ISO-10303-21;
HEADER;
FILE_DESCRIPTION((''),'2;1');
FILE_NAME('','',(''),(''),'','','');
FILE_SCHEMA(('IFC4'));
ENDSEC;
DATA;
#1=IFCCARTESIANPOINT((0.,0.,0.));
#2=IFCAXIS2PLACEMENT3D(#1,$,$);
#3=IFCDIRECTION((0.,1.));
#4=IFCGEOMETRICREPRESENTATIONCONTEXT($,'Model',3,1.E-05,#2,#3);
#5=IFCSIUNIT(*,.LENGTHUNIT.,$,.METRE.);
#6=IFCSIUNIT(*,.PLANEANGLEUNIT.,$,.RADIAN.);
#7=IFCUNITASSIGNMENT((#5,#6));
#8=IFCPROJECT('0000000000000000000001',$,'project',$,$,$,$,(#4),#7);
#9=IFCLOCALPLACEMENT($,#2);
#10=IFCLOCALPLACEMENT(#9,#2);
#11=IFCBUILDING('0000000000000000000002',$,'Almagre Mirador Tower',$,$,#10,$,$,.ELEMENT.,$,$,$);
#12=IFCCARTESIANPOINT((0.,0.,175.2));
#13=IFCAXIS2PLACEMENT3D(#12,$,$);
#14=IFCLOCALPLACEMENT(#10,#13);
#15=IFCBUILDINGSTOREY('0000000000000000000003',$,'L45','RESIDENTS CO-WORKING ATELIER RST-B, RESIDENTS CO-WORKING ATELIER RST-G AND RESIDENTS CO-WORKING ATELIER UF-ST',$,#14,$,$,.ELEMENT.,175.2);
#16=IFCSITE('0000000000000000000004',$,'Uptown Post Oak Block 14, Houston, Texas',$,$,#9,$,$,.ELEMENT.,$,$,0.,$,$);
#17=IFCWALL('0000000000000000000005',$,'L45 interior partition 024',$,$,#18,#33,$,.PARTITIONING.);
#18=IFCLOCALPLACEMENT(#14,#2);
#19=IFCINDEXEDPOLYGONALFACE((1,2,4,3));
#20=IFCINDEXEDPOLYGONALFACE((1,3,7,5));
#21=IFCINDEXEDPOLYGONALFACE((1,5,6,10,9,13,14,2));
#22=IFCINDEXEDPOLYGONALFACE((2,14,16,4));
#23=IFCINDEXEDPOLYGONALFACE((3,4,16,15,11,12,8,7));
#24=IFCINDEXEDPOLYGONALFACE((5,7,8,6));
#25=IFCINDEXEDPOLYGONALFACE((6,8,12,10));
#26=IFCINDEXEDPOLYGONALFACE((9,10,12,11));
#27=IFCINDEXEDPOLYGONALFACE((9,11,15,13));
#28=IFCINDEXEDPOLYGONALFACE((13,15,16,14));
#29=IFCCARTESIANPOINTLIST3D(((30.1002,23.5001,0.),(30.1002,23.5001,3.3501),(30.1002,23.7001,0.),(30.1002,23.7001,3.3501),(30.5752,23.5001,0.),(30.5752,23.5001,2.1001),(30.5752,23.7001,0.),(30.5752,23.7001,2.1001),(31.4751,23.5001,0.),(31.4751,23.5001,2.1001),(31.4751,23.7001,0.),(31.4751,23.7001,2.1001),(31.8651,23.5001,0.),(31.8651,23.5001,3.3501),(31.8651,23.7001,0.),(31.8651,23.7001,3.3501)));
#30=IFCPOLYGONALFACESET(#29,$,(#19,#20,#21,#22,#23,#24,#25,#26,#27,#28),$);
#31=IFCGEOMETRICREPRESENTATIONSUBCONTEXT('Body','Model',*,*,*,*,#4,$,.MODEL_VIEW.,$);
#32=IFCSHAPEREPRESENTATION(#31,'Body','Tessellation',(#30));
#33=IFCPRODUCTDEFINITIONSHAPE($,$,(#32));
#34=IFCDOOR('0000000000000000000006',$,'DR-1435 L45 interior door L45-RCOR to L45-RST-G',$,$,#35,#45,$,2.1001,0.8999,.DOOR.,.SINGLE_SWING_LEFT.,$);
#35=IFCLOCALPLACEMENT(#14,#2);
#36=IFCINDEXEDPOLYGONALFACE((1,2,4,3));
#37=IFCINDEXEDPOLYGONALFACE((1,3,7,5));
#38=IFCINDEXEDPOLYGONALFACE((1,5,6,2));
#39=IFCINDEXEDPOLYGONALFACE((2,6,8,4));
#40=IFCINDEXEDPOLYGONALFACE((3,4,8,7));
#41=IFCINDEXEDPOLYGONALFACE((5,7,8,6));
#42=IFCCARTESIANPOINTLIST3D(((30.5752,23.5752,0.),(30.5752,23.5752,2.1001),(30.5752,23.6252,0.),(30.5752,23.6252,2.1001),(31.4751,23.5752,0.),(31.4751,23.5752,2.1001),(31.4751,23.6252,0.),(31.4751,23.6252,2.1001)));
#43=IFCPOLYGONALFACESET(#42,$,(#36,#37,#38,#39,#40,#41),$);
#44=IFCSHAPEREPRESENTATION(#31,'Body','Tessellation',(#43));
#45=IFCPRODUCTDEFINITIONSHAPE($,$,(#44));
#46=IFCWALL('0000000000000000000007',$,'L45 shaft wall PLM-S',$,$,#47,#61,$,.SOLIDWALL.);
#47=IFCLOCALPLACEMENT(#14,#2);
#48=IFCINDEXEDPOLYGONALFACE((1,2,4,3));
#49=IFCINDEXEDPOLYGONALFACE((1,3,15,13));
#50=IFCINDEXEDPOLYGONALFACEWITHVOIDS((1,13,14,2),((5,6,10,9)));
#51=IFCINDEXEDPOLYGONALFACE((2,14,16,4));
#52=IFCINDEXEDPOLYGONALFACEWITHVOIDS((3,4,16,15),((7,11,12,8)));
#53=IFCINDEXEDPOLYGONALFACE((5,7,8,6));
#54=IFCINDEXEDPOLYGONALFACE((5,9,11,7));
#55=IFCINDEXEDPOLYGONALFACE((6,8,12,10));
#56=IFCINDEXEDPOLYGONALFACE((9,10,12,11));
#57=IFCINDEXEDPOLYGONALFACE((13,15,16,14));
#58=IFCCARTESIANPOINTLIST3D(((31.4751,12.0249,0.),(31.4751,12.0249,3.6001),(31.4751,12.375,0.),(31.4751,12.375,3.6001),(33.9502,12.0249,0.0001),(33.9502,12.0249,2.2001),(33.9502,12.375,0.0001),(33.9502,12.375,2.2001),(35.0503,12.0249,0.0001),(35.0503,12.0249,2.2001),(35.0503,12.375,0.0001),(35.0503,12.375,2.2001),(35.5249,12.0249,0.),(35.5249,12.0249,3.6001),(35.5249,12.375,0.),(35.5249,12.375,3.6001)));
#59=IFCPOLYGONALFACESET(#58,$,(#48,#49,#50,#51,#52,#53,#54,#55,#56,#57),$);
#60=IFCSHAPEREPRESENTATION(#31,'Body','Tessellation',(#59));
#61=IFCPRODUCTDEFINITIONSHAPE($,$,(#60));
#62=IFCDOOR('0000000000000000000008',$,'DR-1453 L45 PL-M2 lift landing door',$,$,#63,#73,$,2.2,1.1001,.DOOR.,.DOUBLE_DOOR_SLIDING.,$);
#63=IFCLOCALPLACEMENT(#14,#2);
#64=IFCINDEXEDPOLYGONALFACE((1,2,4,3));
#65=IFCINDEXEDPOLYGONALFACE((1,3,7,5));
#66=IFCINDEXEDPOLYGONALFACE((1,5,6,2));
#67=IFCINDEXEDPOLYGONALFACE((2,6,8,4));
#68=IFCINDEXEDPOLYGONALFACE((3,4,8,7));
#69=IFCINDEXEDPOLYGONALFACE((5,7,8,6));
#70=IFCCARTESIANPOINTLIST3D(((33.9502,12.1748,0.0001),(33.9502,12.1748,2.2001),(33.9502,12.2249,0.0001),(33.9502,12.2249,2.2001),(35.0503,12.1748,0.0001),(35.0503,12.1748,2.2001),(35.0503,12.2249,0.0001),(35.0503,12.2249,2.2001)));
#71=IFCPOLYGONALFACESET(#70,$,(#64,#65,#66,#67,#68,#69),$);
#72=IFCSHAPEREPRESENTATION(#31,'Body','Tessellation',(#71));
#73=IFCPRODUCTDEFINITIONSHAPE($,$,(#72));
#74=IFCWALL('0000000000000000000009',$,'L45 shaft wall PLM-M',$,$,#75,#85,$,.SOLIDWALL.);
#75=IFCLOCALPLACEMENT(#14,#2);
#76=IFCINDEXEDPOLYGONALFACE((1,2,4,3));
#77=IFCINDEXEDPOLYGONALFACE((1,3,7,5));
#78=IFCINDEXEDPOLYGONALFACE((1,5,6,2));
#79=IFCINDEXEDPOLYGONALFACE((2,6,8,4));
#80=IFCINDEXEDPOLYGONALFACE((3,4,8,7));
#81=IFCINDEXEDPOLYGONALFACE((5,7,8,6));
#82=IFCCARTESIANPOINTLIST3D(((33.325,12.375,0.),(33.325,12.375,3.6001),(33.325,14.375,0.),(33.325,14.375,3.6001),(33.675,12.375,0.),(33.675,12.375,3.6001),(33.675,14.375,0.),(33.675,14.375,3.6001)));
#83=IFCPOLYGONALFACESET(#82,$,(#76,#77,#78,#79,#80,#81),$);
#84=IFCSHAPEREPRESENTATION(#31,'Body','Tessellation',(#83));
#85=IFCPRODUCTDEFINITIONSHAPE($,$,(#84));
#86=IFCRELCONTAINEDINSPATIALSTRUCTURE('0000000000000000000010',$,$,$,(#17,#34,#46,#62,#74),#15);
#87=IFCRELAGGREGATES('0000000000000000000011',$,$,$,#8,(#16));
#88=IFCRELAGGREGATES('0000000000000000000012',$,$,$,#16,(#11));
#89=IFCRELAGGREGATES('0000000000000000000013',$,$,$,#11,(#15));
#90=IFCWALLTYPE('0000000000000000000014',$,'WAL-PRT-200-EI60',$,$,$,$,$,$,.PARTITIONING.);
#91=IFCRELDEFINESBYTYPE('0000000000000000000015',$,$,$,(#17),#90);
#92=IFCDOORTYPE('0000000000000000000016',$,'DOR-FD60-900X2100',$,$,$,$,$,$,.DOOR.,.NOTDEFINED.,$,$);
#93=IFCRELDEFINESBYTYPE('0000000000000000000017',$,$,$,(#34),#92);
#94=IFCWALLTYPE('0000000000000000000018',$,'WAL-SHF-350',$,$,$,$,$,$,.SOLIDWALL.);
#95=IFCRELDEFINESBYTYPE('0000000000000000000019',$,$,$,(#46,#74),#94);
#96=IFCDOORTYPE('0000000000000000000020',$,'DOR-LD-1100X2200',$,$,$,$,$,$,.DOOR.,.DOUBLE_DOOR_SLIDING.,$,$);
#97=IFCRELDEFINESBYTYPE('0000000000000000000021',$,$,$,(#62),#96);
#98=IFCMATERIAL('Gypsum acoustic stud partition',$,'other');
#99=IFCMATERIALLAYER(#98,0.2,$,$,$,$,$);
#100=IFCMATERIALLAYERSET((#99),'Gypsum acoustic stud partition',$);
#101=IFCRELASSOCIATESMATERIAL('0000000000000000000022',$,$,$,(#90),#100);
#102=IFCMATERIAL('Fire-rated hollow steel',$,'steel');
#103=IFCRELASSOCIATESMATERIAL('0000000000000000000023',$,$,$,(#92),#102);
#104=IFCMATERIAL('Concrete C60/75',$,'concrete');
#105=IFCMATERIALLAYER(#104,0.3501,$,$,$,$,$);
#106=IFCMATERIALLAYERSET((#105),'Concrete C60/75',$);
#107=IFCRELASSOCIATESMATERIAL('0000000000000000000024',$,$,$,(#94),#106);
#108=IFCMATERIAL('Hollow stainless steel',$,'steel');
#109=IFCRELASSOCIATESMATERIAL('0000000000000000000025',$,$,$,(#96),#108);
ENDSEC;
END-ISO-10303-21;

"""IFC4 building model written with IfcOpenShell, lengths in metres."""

from ifc_helpers import new_model, si_unit, direction, frame, frame_2d, origin, place, context, subcontext, project, spatial, rectangle, extrude, material, layer, layer_set, type_object, element, fill, save


model = new_model("IFC4")

# Units and contexts
model_context = context("Model", 3, precision=1e-05, world=origin(), true_north=direction((0.0, 1.0)))
body_context = subcontext(model_context, "Body", "Model", "MODEL_VIEW")
ifc_project = project(units=[si_unit("LENGTHUNIT", "METRE"), si_unit("PLANEANGLEUNIT", "RADIAN")], contexts=[model_context])

# Site, building, storey
site_placement = place(None, origin())
site = spatial("IfcSite", under=ifc_project, at=site_placement, Name="Uptown Post Oak Block 14, Houston, Texas", CompositionType="ELEMENT", RefElevation=0.0)
building_placement = place(site_placement, origin())
building = spatial("IfcBuilding", under=site, at=building_placement, Name="Almagre Mirador Tower", CompositionType="ELEMENT")
storey_placement = place(building_placement, frame((0.0, 0.0, 175.2)))
storey = spatial("IfcBuildingStorey", under=building, at=storey_placement, Name="L45", Description="RESIDENTS CO-WORKING ATELIER RST-B, RESIDENTS CO-WORKING ATELIER RST-G AND RESIDENTS CO-WORKING ATELIER UF-ST", CompositionType="ELEMENT", Elevation=175.2)

# Shared definitions
ifc_material_1 = material(Name="Gypsum acoustic stud partition", Category="other")
ifc_layer_1 = layer(ifc_material_1, 0.2)
ifc_layer_set_1 = layer_set([ifc_layer_1], Name="Gypsum acoustic stud partition")
wall_type_1 = type_object("IfcWallType", Name="WAL-PRT-200-EI60", PredefinedType="PARTITIONING", material=ifc_layer_set_1)

# Walls, openings, doors
wall_1_placement = place(storey_placement, frame((31.865, 23.6001, 0.0), z_axis=(0.0, 0.0, 1.0), x_axis=(-1.0, 0.0, 0.0)))
wall_1 = element("IfcWall", 1, at=wall_1_placement, inside=storey, type_object=wall_type_1, Name="L45 interior partition 024", PredefinedType="PARTITIONING", context=body_context, shape_type="SweptSolid", body=[
    extrude(rectangle(XDim=1.7649, YDim=0.2, at=frame_2d((0.8823, 0.0))), origin(), (0.0, 0.0, 1.0), 3.3501),
])
opening_1_placement = place(wall_1_placement, frame((0.3899, 0.0, 0.0)))
opening_1 = element("IfcOpeningElement", 2, at=opening_1_placement, cuts=wall_1, PredefinedType="OPENING", context=body_context, shape_type="SweptSolid", body=[
    extrude(rectangle(XDim=0.8999, YDim=2.1001, at=frame_2d((0.45, 1.05))), frame((0.0, 0.1101, 0.0), z_axis=(0.0, -1.0, 0.0), x_axis=(1.0, 0.0, 0.0)), (0.0, 0.0, 1.0), 0.22),
])
ifc_material_2 = material(Name="Fire-rated hollow steel", Category="steel")
door_type_1 = type_object("IfcDoorType", Name="DOR-FD60-900X2100", OperationType="NOTDEFINED", PredefinedType="DOOR", material=ifc_material_2)
door_1_placement = place(opening_1_placement, origin())
door_1 = element("IfcDoor", 3, at=door_1_placement, inside=storey, type_object=door_type_1, Name="DR-1435 L45 interior door L45-RCOR to L45-RST-G", OperationType="SINGLE_SWING_LEFT", OverallHeight=2.1001, OverallWidth=0.8999, PredefinedType="DOOR", context=body_context, shape_type="SweptSolid", body=[
    extrude(rectangle(XDim=0.8999, YDim=2.1001, at=frame_2d((0.45, 1.05))), frame((0.0, 0.0249, 0.0), z_axis=(0.0, -1.0, 0.0), x_axis=(1.0, 0.0, 0.0)), (0.0, 0.0, 1.0), 0.05),
])
fill(opening_1, door_1)
ifc_material_3 = material(Name="Concrete C60/75", Category="concrete")
ifc_layer_2 = layer(ifc_material_3, 0.3501)
ifc_layer_set_2 = layer_set([ifc_layer_2], Name="Concrete C60/75")
wall_type_2 = type_object("IfcWallType", Name="WAL-SHF-350", PredefinedType="SOLIDWALL", material=ifc_layer_set_2)
wall_2_placement = place(storey_placement, frame((31.4751, 12.2, 0.0), z_axis=(0.0, 0.0, 1.0), x_axis=(1.0, 0.0, 0.0)))
wall_2 = element("IfcWall", 4, at=wall_2_placement, inside=storey, type_object=wall_type_2, Name="L45 shaft wall PLM-S", PredefinedType="SOLIDWALL", context=body_context, shape_type="SweptSolid", body=[
    extrude(rectangle(XDim=4.0498, YDim=0.3501, at=frame_2d((2.0249, 0.0))), origin(), (0.0, 0.0, 1.0), 3.6001),
])
opening_2_placement = place(wall_2_placement, frame((2.4751, 0.0, 0.0)))
opening_2 = element("IfcOpeningElement", 5, at=opening_2_placement, cuts=wall_2, PredefinedType="OPENING", context=body_context, shape_type="SweptSolid", body=[
    extrude(rectangle(XDim=1.1001, YDim=2.2, at=frame_2d((0.55, 1.1001))), frame((0.0, 0.185, 0.0), z_axis=(0.0, -1.0, 0.0), x_axis=(1.0, 0.0, 0.0)), (0.0, 0.0, 1.0), 0.3701),
])
ifc_material_4 = material(Name="Hollow stainless steel", Category="steel")
door_type_2 = type_object("IfcDoorType", Name="DOR-LD-1100X2200", OperationType="DOUBLE_DOOR_SLIDING", PredefinedType="DOOR", material=ifc_material_4)
door_2_placement = place(opening_2_placement, origin())
door_2 = element("IfcDoor", 6, at=door_2_placement, inside=storey, type_object=door_type_2, Name="DR-1453 L45 PL-M2 lift landing door", OperationType="DOUBLE_DOOR_SLIDING", OverallHeight=2.2, OverallWidth=1.1001, PredefinedType="DOOR", context=body_context, shape_type="SweptSolid", body=[
    extrude(rectangle(XDim=1.1001, YDim=2.2, at=frame_2d((0.55, 1.1001))), frame((0.0, 0.0249, 0.0), z_axis=(0.0, -1.0, 0.0), x_axis=(1.0, 0.0, 0.0)), (0.0, 0.0, 1.0), 0.05),
])
fill(opening_2, door_2)

# Wall
wall_3_placement = place(storey_placement, frame((33.5, 12.375, 0.0), z_axis=(0.0, 0.0, 1.0), x_axis=(0.0, 1.0, 0.0)))
element("IfcWall", 7, at=wall_3_placement, inside=storey, type_object=wall_type_2, Name="L45 shaft wall PLM-M", PredefinedType="SOLIDWALL", context=body_context, shape_type="SweptSolid", body=[
    extrude(rectangle(XDim=2.0, YDim=0.3501, at=frame_2d((1.0, 0.0))), origin(), (0.0, 0.0, 1.0), 3.6001),
])

save(model, "model.ifc")
